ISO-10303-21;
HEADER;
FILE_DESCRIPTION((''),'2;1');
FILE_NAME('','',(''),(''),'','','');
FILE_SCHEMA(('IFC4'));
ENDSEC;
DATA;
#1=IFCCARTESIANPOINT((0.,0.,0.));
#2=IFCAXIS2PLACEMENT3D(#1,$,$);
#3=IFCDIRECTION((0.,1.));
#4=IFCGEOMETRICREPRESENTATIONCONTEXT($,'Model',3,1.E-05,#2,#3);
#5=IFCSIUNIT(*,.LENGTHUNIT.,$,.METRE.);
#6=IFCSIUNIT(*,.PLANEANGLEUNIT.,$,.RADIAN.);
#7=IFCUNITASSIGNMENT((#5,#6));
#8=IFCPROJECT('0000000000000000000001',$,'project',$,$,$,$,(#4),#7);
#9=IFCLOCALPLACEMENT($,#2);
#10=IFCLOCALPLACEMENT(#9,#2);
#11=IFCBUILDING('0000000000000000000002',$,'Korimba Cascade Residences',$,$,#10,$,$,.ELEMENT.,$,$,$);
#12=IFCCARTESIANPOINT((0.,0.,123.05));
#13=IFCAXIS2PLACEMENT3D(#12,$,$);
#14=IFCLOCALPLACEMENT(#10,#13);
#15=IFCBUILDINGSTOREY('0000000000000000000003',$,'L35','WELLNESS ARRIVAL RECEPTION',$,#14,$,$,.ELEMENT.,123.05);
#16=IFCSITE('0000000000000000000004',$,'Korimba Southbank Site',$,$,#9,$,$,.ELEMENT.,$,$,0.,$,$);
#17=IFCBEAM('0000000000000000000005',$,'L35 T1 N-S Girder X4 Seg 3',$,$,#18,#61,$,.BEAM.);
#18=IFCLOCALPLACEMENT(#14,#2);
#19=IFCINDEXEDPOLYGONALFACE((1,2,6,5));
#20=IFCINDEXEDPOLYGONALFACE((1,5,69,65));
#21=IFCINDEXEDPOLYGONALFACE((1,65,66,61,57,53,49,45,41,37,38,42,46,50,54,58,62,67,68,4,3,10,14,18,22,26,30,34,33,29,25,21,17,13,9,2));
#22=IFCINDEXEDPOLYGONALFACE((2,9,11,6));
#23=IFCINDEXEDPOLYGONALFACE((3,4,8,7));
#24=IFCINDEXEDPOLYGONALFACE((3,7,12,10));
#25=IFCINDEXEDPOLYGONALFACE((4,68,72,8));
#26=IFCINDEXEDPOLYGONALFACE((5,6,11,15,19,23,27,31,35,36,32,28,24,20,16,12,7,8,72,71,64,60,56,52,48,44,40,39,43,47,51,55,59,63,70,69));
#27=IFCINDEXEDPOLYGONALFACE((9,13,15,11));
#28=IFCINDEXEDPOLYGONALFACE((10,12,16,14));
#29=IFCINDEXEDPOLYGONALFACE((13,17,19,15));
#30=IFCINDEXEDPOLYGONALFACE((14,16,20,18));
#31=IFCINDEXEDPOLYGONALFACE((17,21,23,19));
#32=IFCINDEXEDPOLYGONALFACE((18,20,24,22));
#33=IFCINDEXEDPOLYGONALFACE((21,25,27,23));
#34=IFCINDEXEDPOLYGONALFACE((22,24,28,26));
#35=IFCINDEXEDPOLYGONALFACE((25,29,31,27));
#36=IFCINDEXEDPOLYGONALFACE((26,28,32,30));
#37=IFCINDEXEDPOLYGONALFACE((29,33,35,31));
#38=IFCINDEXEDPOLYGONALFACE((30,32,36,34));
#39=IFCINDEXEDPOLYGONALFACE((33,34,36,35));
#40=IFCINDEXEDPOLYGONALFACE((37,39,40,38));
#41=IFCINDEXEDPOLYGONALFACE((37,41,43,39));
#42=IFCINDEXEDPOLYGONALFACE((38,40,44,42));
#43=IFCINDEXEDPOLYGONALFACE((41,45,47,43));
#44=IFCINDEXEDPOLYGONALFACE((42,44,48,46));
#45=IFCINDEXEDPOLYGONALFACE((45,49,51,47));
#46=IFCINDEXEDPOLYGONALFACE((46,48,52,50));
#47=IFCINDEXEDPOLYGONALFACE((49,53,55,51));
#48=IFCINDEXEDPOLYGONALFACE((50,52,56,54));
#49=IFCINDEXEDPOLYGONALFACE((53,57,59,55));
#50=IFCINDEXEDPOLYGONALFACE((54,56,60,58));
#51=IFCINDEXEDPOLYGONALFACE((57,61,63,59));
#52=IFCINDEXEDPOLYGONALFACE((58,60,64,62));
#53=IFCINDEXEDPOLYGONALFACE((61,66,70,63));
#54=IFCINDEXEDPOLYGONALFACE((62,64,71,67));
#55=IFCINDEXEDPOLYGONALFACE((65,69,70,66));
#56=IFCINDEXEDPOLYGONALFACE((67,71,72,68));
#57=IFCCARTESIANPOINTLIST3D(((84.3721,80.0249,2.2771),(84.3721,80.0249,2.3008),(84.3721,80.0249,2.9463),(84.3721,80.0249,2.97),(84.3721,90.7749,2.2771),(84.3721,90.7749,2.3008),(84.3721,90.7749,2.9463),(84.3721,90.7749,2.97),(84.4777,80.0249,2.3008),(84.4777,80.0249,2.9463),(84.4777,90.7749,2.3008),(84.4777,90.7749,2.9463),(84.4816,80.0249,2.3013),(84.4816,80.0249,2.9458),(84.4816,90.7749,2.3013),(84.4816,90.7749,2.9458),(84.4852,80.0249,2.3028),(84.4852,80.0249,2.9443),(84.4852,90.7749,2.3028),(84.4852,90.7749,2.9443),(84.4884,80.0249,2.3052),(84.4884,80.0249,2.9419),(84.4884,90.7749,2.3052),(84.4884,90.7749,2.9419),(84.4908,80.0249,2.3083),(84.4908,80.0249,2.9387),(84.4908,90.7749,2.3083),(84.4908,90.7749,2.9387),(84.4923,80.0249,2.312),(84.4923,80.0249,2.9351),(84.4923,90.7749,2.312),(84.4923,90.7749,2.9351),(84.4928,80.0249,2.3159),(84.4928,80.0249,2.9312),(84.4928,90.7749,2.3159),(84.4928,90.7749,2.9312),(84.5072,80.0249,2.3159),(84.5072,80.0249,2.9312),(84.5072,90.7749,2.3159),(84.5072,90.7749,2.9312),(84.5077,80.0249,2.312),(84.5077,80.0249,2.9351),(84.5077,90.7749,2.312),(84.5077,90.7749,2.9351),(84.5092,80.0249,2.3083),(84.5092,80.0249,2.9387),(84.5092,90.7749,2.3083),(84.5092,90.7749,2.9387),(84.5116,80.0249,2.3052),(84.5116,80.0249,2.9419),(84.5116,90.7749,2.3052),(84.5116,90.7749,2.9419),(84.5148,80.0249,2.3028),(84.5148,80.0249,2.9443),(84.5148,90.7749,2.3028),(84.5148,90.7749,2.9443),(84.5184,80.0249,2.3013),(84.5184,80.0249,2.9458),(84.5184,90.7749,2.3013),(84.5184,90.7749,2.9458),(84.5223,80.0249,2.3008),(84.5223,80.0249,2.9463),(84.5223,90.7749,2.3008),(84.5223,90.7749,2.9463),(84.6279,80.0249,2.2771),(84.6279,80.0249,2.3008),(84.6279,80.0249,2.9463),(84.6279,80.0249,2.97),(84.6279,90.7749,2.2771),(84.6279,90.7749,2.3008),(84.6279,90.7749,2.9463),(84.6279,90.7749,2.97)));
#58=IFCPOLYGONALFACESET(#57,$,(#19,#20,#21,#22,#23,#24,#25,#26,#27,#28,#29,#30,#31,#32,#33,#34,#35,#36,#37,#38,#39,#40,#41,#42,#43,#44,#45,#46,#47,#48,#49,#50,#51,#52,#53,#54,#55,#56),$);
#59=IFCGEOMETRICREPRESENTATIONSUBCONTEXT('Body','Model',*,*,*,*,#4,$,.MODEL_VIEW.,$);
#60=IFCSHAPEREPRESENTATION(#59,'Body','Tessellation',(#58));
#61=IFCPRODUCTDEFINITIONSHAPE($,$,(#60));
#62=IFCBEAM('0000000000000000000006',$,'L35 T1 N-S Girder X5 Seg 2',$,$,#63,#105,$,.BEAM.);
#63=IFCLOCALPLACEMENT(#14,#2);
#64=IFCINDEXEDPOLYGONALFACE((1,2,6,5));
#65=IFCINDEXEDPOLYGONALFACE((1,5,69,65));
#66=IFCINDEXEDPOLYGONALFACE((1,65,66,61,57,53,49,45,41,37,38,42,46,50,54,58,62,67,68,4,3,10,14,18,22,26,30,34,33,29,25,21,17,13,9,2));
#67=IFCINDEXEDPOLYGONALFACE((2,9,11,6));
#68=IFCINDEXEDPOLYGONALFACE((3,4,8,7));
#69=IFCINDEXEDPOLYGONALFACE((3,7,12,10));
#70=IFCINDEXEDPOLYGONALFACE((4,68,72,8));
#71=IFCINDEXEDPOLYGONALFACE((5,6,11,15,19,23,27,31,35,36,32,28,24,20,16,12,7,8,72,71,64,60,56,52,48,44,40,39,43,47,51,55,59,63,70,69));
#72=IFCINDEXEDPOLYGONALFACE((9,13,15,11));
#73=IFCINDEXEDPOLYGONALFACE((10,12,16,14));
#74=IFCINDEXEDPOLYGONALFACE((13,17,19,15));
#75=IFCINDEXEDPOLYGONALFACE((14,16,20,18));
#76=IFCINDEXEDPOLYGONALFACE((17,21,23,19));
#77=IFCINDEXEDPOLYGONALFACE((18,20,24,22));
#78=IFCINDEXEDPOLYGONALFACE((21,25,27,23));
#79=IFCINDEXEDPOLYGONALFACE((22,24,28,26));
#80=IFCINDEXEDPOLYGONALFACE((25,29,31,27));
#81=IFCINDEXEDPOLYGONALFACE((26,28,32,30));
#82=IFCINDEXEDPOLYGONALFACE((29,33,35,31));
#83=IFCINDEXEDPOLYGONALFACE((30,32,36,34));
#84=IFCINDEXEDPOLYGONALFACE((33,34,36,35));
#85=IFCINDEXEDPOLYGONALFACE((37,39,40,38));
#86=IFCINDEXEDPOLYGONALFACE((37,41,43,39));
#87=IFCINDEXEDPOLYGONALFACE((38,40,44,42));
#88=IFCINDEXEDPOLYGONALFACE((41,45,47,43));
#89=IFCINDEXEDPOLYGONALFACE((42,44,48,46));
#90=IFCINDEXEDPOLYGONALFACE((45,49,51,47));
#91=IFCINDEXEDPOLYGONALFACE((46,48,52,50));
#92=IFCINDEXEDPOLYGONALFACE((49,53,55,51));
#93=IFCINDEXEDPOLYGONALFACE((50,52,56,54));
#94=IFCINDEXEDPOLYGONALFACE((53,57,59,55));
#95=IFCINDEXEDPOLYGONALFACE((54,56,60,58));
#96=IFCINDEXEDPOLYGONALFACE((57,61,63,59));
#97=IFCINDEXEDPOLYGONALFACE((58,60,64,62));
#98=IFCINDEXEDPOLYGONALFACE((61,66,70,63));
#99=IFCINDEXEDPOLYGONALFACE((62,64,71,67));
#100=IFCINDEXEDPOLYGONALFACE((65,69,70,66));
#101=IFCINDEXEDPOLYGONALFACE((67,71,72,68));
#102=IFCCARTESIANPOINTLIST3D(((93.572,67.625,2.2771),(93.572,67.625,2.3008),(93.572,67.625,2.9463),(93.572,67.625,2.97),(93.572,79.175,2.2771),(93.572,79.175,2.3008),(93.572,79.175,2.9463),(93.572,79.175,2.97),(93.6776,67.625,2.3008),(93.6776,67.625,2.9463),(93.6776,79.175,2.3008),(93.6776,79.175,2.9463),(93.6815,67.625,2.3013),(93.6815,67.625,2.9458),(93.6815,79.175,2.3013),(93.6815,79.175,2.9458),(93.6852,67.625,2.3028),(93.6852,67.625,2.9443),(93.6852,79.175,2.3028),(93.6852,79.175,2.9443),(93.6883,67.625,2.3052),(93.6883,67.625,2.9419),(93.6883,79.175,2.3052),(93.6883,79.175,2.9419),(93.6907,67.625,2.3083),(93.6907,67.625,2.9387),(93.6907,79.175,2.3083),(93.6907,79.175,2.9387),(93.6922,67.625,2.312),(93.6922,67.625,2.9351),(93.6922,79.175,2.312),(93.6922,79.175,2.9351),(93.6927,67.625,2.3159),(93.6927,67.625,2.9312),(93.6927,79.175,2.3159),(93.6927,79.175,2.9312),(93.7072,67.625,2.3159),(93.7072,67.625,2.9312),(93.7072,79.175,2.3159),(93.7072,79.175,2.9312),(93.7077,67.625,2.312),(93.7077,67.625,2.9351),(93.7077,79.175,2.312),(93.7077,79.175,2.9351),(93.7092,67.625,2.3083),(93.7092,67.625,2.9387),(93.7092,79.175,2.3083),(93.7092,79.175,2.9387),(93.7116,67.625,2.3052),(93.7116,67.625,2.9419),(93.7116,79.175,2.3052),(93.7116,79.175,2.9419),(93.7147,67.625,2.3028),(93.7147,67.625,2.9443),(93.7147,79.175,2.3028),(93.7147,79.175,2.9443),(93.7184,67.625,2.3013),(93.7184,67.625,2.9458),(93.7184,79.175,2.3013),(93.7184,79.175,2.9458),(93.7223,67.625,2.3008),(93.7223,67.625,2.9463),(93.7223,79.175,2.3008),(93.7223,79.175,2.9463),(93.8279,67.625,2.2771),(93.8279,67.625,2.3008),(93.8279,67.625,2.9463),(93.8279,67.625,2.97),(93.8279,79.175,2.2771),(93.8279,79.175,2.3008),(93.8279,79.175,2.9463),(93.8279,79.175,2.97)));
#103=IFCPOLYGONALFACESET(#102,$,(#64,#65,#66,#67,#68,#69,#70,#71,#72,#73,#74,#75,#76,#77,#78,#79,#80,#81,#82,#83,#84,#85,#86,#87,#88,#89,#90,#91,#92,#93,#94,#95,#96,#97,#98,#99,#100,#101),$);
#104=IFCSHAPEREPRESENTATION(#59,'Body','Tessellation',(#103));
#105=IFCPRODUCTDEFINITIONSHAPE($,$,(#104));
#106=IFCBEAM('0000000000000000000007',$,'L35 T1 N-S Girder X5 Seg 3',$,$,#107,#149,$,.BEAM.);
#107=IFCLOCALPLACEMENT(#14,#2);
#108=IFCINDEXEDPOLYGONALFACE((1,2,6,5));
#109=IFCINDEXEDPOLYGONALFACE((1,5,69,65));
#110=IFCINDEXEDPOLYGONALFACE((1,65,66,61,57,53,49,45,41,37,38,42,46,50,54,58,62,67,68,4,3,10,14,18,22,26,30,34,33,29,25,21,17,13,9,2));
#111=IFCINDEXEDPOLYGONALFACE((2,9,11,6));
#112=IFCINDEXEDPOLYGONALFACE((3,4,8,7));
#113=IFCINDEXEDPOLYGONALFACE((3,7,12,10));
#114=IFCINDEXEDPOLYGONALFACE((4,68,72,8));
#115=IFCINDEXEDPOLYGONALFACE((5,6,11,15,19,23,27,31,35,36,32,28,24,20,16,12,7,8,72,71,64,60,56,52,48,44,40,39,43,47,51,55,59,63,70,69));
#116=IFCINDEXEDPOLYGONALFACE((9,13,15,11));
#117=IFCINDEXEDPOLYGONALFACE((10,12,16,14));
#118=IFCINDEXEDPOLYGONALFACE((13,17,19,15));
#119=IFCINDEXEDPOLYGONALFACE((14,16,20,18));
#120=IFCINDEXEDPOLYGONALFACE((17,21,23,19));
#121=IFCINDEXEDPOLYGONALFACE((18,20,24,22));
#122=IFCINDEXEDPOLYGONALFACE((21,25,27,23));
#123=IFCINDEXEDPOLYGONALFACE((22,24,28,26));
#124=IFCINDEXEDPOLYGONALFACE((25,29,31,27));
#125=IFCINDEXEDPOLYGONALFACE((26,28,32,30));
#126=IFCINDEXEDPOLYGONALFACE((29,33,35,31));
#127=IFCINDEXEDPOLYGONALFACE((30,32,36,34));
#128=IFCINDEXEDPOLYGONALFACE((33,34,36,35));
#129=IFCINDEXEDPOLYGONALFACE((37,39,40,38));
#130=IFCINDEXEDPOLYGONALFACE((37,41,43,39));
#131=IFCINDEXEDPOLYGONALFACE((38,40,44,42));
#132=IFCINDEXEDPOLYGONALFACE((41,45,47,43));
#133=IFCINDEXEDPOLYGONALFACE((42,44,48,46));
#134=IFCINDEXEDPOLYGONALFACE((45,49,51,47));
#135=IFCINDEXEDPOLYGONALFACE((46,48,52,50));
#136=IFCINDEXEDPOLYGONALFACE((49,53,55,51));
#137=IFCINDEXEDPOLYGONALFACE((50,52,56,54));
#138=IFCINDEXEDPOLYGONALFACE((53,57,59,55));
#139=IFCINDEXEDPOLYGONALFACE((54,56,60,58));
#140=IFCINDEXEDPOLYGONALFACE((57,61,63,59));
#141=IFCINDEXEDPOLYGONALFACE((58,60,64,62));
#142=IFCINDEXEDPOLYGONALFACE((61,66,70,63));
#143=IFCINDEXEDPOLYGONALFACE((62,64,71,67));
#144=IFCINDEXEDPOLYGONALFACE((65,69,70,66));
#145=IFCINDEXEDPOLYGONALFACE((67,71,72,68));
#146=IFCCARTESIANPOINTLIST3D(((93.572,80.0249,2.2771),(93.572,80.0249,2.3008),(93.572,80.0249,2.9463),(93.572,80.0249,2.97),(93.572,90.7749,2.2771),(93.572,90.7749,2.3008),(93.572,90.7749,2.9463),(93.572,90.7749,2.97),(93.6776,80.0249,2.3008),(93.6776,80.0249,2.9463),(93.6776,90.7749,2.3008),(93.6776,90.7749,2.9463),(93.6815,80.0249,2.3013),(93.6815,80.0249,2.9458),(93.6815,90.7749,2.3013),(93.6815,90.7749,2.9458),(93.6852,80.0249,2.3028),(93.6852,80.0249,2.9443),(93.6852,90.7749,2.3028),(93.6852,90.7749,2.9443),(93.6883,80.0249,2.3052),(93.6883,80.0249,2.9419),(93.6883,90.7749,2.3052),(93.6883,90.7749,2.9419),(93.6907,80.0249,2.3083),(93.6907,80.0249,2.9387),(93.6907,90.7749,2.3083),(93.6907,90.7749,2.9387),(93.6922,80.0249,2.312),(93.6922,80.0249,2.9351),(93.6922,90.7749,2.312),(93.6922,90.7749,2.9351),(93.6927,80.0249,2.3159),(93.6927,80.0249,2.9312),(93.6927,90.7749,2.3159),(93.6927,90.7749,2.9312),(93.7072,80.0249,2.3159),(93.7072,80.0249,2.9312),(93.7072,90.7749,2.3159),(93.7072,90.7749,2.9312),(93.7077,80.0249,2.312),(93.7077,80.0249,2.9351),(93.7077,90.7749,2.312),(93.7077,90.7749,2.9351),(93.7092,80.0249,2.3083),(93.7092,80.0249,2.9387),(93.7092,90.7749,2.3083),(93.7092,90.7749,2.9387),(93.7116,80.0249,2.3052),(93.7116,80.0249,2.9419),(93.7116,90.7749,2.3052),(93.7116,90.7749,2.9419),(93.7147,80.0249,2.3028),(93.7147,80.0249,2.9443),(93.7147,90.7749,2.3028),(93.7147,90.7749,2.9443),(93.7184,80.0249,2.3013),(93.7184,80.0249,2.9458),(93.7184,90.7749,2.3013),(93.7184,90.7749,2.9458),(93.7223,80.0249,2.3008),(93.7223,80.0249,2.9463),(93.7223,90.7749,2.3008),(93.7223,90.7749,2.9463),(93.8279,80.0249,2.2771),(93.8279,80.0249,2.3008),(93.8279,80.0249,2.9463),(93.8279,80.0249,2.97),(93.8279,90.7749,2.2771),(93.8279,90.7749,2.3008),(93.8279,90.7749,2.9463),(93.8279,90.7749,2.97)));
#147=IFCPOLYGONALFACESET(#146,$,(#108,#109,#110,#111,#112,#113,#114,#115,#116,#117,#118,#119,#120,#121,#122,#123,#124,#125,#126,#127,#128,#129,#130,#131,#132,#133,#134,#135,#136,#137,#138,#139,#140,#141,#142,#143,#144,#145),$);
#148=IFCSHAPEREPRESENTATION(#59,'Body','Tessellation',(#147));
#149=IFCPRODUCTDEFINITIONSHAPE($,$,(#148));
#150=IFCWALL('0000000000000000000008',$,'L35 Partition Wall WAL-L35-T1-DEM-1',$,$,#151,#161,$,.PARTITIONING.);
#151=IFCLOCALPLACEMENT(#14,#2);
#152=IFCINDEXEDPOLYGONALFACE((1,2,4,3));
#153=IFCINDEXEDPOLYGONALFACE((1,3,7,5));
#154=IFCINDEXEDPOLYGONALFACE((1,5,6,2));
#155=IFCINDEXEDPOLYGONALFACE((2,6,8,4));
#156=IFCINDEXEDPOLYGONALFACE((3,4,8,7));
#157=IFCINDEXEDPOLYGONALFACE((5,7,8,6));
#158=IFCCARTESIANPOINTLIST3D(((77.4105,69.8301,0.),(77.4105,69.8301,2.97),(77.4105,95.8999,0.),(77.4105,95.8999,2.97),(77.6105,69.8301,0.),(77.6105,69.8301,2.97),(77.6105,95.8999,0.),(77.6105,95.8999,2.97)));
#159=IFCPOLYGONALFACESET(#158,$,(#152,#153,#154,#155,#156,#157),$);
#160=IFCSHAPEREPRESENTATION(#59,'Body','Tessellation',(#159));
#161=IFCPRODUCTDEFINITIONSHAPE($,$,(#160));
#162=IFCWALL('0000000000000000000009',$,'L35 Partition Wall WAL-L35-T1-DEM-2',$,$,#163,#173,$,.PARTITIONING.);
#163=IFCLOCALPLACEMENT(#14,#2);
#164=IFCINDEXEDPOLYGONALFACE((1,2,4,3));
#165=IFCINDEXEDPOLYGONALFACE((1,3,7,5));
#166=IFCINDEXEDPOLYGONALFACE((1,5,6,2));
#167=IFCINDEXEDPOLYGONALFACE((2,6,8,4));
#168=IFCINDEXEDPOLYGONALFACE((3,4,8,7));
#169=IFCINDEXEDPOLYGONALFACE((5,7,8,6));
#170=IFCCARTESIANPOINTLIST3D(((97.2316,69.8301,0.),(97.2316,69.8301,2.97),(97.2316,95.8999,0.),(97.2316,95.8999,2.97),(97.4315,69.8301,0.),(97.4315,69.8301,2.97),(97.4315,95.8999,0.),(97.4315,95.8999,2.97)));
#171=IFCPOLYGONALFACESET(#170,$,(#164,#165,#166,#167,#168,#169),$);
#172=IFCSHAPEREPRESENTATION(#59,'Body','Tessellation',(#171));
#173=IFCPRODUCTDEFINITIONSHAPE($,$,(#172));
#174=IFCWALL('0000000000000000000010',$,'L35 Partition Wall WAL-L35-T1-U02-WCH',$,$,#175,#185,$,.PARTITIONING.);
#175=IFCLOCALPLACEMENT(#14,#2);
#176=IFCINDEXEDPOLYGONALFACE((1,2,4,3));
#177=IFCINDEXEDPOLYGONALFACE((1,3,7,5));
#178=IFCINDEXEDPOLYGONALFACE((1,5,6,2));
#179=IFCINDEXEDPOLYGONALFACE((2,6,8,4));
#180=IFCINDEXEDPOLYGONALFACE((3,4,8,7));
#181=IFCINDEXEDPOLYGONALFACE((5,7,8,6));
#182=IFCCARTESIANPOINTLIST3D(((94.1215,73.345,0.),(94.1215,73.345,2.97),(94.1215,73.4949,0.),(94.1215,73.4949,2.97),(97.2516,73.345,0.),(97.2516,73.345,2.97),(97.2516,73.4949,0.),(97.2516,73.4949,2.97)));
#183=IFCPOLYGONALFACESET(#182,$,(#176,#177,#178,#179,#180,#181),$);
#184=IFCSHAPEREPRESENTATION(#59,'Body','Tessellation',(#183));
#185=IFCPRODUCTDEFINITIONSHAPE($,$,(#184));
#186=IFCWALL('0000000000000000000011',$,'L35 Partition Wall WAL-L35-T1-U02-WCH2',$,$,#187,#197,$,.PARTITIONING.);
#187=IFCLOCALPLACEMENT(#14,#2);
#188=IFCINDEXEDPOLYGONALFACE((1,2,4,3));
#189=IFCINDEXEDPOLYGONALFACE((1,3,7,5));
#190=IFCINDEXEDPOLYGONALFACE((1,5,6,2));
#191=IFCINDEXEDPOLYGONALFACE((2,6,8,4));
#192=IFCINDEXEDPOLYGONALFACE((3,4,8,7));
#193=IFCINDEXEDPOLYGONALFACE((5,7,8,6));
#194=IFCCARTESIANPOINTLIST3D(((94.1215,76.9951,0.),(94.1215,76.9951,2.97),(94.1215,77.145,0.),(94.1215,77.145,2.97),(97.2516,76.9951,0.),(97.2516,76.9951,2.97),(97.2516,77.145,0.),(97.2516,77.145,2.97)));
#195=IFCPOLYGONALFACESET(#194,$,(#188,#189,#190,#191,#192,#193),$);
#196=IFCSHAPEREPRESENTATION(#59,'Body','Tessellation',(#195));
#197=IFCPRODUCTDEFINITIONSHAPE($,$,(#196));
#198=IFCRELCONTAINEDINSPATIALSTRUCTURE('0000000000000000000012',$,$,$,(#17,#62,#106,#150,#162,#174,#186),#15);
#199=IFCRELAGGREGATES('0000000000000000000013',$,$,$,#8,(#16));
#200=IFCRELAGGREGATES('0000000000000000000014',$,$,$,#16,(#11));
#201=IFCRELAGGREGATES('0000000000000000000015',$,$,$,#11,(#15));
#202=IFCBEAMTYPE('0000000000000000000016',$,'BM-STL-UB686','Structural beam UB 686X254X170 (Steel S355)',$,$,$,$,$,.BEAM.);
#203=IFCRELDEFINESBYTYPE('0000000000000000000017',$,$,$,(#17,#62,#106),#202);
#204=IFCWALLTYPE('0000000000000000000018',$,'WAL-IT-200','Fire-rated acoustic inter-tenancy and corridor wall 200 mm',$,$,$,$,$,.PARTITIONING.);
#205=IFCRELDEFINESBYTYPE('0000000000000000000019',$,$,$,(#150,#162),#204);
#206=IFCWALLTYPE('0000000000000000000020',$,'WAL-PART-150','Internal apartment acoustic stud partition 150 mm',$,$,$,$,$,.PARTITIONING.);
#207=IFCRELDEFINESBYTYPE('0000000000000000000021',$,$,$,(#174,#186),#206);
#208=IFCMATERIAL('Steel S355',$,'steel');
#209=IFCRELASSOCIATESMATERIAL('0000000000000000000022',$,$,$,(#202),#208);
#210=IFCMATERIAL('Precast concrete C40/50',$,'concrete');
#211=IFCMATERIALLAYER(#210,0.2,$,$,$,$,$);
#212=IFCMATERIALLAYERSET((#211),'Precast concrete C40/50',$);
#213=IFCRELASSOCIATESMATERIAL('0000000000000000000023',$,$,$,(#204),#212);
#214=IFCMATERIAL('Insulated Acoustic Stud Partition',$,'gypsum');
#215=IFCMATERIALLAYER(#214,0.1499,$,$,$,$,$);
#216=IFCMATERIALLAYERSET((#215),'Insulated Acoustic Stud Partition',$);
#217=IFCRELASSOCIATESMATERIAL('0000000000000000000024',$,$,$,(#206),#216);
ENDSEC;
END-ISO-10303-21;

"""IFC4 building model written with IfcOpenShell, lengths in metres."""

from ifc_helpers import new_model, si_unit, direction, frame, frame_2d, origin, origin_2d, place, context, subcontext, project, spatial, rectangle, i_section, extrude, material, layer, layer_set, material_profile, profile_set, type_object, element, save


model = new_model("IFC4")

# Units and contexts
model_context = context("Model", 3, precision=1e-05, world=origin(), true_north=direction((0.0, 1.0)))
body_context = subcontext(model_context, "Body", "Model", "MODEL_VIEW")
ifc_project = project(units=[si_unit("LENGTHUNIT", "METRE"), si_unit("PLANEANGLEUNIT", "RADIAN")], contexts=[model_context])

# Site, building, storey
site_placement = place(None, origin())
site = spatial("IfcSite", under=ifc_project, at=site_placement, Name="Korimba Southbank Site", CompositionType="ELEMENT", RefElevation=0.0)
building_placement = place(site_placement, origin())
building = spatial("IfcBuilding", under=site, at=building_placement, Name="Korimba Cascade Residences", CompositionType="ELEMENT")
storey_placement = place(building_placement, frame((0.0, 0.0, 123.05)))
storey = spatial("IfcBuildingStorey", under=building, at=storey_placement, Name="L35", Description="WELLNESS ARRIVAL RECEPTION", CompositionType="ELEMENT", Elevation=123.05)

# Beams
ifc_material_1 = material(Name="Steel S355", Category="steel")
ifc_material_profile_1 = material_profile(ifc_material_1, i_section(OverallWidth=0.2559, OverallDepth=0.6929, WebThickness=0.0144, FlangeThickness=0.0237, FilletRadius=0.0151, at=origin_2d()), Name="Steel S355")
ifc_profile_set_1 = profile_set([ifc_material_profile_1], Name="Steel S355")
beam_type_1 = type_object("IfcBeamType", Name="BM-STL-UB686", Description="Structural beam UB 686X254X170 (Steel S355)", PredefinedType="BEAM", material=ifc_profile_set_1)
beam_1_placement = place(storey_placement, frame((84.5, 80.0249, 2.6235), z_axis=(0.0, 1.0, 0.0), x_axis=(-1.0, 0.0, 0.0)))
element("IfcBeam", 1, at=beam_1_placement, inside=storey, type_object=beam_type_1, Name="L35 T1 N-S Girder X4 Seg 3", PredefinedType="BEAM", context=body_context, shape_type="SweptSolid", body=[
    extrude(i_section(OverallWidth=0.2559, OverallDepth=0.6929, WebThickness=0.0144, FlangeThickness=0.0237, FilletRadius=0.0151, at=origin_2d()), origin(), (0.0, 0.0, 1.0), 10.75),
])
beam_2_placement = place(storey_placement, frame((93.7, 67.625, 2.6235), z_axis=(0.0, 1.0, 0.0), x_axis=(-1.0, 0.0, 0.0)))
element("IfcBeam", 2, at=beam_2_placement, inside=storey, type_object=beam_type_1, Name="L35 T1 N-S Girder X5 Seg 2", PredefinedType="BEAM", context=body_context, shape_type="SweptSolid", body=[
    extrude(i_section(OverallWidth=0.2559, OverallDepth=0.6929, WebThickness=0.0144, FlangeThickness=0.0237, FilletRadius=0.0151, at=origin_2d()), origin(), (0.0, 0.0, 1.0), 11.55),
])
beam_3_placement = place(storey_placement, frame((93.7, 80.0249, 2.6235), z_axis=(0.0, 1.0, 0.0), x_axis=(-1.0, 0.0, 0.0)))
element("IfcBeam", 3, at=beam_3_placement, inside=storey, type_object=beam_type_1, Name="L35 T1 N-S Girder X5 Seg 3", PredefinedType="BEAM", context=body_context, shape_type="SweptSolid", body=[
    extrude(i_section(OverallWidth=0.2559, OverallDepth=0.6929, WebThickness=0.0144, FlangeThickness=0.0237, FilletRadius=0.0151, at=origin_2d()), origin(), (0.0, 0.0, 1.0), 10.75),
])

# Walls
ifc_material_2 = material(Name="Precast concrete C40/50", Category="concrete")
ifc_layer_1 = layer(ifc_material_2, 0.2)
ifc_layer_set_1 = layer_set([ifc_layer_1], Name="Precast concrete C40/50")
wall_type_1 = type_object("IfcWallType", Name="WAL-IT-200", Description="Fire-rated acoustic inter-tenancy and corridor wall 200 mm", PredefinedType="PARTITIONING", material=ifc_layer_set_1)
for number, where, z_axis, x_axis, name in (
    (4, (77.5105, 69.8301, 0.0), (0.0, 0.0, 1.0), (0.0, 1.0, 0.0), "L35 Partition Wall WAL-L35-T1-DEM-1"),
    (5, (97.3315, 69.8301, 0.0), (0.0, 0.0, 1.0), (0.0, 1.0, 0.0), "L35 Partition Wall WAL-L35-T1-DEM-2"),
):
    element("IfcWall", number, at=place(storey_placement, frame(where, z_axis=z_axis, x_axis=x_axis)), inside=storey, type_object=wall_type_1, Name=name, PredefinedType="PARTITIONING", context=body_context, shape_type="SweptSolid", body=[
        extrude(rectangle(XDim=26.0698, YDim=0.2, at=frame_2d((13.0349, 0.0))), origin(), (0.0, 0.0, 1.0), 2.97),
    ])
ifc_material_3 = material(Name="Insulated Acoustic Stud Partition", Category="gypsum")
ifc_layer_2 = layer(ifc_material_3, 0.1499)
ifc_layer_set_2 = layer_set([ifc_layer_2], Name="Insulated Acoustic Stud Partition")
wall_type_2 = type_object("IfcWallType", Name="WAL-PART-150", Description="Internal apartment acoustic stud partition 150 mm", PredefinedType="PARTITIONING", material=ifc_layer_set_2)
for number, where, z_axis, x_axis, name in (
    (6, (94.1216, 73.4199, 0.0), (0.0, 0.0, 1.0), (1.0, 0.0, 0.0), "L35 Partition Wall WAL-L35-T1-U02-WCH"),
    (7, (94.1216, 77.0701, 0.0), (0.0, 0.0, 1.0), (1.0, 0.0, 0.0), "L35 Partition Wall WAL-L35-T1-U02-WCH2"),
):
    element("IfcWall", number, at=place(storey_placement, frame(where, z_axis=z_axis, x_axis=x_axis)), inside=storey, type_object=wall_type_2, Name=name, PredefinedType="PARTITIONING", context=body_context, shape_type="SweptSolid", body=[
        extrude(rectangle(XDim=3.1301, YDim=0.1499, at=frame_2d((1.5649, 0.0))), origin(), (0.0, 0.0, 1.0), 2.97),
    ])

save(model, "model.ifc")
